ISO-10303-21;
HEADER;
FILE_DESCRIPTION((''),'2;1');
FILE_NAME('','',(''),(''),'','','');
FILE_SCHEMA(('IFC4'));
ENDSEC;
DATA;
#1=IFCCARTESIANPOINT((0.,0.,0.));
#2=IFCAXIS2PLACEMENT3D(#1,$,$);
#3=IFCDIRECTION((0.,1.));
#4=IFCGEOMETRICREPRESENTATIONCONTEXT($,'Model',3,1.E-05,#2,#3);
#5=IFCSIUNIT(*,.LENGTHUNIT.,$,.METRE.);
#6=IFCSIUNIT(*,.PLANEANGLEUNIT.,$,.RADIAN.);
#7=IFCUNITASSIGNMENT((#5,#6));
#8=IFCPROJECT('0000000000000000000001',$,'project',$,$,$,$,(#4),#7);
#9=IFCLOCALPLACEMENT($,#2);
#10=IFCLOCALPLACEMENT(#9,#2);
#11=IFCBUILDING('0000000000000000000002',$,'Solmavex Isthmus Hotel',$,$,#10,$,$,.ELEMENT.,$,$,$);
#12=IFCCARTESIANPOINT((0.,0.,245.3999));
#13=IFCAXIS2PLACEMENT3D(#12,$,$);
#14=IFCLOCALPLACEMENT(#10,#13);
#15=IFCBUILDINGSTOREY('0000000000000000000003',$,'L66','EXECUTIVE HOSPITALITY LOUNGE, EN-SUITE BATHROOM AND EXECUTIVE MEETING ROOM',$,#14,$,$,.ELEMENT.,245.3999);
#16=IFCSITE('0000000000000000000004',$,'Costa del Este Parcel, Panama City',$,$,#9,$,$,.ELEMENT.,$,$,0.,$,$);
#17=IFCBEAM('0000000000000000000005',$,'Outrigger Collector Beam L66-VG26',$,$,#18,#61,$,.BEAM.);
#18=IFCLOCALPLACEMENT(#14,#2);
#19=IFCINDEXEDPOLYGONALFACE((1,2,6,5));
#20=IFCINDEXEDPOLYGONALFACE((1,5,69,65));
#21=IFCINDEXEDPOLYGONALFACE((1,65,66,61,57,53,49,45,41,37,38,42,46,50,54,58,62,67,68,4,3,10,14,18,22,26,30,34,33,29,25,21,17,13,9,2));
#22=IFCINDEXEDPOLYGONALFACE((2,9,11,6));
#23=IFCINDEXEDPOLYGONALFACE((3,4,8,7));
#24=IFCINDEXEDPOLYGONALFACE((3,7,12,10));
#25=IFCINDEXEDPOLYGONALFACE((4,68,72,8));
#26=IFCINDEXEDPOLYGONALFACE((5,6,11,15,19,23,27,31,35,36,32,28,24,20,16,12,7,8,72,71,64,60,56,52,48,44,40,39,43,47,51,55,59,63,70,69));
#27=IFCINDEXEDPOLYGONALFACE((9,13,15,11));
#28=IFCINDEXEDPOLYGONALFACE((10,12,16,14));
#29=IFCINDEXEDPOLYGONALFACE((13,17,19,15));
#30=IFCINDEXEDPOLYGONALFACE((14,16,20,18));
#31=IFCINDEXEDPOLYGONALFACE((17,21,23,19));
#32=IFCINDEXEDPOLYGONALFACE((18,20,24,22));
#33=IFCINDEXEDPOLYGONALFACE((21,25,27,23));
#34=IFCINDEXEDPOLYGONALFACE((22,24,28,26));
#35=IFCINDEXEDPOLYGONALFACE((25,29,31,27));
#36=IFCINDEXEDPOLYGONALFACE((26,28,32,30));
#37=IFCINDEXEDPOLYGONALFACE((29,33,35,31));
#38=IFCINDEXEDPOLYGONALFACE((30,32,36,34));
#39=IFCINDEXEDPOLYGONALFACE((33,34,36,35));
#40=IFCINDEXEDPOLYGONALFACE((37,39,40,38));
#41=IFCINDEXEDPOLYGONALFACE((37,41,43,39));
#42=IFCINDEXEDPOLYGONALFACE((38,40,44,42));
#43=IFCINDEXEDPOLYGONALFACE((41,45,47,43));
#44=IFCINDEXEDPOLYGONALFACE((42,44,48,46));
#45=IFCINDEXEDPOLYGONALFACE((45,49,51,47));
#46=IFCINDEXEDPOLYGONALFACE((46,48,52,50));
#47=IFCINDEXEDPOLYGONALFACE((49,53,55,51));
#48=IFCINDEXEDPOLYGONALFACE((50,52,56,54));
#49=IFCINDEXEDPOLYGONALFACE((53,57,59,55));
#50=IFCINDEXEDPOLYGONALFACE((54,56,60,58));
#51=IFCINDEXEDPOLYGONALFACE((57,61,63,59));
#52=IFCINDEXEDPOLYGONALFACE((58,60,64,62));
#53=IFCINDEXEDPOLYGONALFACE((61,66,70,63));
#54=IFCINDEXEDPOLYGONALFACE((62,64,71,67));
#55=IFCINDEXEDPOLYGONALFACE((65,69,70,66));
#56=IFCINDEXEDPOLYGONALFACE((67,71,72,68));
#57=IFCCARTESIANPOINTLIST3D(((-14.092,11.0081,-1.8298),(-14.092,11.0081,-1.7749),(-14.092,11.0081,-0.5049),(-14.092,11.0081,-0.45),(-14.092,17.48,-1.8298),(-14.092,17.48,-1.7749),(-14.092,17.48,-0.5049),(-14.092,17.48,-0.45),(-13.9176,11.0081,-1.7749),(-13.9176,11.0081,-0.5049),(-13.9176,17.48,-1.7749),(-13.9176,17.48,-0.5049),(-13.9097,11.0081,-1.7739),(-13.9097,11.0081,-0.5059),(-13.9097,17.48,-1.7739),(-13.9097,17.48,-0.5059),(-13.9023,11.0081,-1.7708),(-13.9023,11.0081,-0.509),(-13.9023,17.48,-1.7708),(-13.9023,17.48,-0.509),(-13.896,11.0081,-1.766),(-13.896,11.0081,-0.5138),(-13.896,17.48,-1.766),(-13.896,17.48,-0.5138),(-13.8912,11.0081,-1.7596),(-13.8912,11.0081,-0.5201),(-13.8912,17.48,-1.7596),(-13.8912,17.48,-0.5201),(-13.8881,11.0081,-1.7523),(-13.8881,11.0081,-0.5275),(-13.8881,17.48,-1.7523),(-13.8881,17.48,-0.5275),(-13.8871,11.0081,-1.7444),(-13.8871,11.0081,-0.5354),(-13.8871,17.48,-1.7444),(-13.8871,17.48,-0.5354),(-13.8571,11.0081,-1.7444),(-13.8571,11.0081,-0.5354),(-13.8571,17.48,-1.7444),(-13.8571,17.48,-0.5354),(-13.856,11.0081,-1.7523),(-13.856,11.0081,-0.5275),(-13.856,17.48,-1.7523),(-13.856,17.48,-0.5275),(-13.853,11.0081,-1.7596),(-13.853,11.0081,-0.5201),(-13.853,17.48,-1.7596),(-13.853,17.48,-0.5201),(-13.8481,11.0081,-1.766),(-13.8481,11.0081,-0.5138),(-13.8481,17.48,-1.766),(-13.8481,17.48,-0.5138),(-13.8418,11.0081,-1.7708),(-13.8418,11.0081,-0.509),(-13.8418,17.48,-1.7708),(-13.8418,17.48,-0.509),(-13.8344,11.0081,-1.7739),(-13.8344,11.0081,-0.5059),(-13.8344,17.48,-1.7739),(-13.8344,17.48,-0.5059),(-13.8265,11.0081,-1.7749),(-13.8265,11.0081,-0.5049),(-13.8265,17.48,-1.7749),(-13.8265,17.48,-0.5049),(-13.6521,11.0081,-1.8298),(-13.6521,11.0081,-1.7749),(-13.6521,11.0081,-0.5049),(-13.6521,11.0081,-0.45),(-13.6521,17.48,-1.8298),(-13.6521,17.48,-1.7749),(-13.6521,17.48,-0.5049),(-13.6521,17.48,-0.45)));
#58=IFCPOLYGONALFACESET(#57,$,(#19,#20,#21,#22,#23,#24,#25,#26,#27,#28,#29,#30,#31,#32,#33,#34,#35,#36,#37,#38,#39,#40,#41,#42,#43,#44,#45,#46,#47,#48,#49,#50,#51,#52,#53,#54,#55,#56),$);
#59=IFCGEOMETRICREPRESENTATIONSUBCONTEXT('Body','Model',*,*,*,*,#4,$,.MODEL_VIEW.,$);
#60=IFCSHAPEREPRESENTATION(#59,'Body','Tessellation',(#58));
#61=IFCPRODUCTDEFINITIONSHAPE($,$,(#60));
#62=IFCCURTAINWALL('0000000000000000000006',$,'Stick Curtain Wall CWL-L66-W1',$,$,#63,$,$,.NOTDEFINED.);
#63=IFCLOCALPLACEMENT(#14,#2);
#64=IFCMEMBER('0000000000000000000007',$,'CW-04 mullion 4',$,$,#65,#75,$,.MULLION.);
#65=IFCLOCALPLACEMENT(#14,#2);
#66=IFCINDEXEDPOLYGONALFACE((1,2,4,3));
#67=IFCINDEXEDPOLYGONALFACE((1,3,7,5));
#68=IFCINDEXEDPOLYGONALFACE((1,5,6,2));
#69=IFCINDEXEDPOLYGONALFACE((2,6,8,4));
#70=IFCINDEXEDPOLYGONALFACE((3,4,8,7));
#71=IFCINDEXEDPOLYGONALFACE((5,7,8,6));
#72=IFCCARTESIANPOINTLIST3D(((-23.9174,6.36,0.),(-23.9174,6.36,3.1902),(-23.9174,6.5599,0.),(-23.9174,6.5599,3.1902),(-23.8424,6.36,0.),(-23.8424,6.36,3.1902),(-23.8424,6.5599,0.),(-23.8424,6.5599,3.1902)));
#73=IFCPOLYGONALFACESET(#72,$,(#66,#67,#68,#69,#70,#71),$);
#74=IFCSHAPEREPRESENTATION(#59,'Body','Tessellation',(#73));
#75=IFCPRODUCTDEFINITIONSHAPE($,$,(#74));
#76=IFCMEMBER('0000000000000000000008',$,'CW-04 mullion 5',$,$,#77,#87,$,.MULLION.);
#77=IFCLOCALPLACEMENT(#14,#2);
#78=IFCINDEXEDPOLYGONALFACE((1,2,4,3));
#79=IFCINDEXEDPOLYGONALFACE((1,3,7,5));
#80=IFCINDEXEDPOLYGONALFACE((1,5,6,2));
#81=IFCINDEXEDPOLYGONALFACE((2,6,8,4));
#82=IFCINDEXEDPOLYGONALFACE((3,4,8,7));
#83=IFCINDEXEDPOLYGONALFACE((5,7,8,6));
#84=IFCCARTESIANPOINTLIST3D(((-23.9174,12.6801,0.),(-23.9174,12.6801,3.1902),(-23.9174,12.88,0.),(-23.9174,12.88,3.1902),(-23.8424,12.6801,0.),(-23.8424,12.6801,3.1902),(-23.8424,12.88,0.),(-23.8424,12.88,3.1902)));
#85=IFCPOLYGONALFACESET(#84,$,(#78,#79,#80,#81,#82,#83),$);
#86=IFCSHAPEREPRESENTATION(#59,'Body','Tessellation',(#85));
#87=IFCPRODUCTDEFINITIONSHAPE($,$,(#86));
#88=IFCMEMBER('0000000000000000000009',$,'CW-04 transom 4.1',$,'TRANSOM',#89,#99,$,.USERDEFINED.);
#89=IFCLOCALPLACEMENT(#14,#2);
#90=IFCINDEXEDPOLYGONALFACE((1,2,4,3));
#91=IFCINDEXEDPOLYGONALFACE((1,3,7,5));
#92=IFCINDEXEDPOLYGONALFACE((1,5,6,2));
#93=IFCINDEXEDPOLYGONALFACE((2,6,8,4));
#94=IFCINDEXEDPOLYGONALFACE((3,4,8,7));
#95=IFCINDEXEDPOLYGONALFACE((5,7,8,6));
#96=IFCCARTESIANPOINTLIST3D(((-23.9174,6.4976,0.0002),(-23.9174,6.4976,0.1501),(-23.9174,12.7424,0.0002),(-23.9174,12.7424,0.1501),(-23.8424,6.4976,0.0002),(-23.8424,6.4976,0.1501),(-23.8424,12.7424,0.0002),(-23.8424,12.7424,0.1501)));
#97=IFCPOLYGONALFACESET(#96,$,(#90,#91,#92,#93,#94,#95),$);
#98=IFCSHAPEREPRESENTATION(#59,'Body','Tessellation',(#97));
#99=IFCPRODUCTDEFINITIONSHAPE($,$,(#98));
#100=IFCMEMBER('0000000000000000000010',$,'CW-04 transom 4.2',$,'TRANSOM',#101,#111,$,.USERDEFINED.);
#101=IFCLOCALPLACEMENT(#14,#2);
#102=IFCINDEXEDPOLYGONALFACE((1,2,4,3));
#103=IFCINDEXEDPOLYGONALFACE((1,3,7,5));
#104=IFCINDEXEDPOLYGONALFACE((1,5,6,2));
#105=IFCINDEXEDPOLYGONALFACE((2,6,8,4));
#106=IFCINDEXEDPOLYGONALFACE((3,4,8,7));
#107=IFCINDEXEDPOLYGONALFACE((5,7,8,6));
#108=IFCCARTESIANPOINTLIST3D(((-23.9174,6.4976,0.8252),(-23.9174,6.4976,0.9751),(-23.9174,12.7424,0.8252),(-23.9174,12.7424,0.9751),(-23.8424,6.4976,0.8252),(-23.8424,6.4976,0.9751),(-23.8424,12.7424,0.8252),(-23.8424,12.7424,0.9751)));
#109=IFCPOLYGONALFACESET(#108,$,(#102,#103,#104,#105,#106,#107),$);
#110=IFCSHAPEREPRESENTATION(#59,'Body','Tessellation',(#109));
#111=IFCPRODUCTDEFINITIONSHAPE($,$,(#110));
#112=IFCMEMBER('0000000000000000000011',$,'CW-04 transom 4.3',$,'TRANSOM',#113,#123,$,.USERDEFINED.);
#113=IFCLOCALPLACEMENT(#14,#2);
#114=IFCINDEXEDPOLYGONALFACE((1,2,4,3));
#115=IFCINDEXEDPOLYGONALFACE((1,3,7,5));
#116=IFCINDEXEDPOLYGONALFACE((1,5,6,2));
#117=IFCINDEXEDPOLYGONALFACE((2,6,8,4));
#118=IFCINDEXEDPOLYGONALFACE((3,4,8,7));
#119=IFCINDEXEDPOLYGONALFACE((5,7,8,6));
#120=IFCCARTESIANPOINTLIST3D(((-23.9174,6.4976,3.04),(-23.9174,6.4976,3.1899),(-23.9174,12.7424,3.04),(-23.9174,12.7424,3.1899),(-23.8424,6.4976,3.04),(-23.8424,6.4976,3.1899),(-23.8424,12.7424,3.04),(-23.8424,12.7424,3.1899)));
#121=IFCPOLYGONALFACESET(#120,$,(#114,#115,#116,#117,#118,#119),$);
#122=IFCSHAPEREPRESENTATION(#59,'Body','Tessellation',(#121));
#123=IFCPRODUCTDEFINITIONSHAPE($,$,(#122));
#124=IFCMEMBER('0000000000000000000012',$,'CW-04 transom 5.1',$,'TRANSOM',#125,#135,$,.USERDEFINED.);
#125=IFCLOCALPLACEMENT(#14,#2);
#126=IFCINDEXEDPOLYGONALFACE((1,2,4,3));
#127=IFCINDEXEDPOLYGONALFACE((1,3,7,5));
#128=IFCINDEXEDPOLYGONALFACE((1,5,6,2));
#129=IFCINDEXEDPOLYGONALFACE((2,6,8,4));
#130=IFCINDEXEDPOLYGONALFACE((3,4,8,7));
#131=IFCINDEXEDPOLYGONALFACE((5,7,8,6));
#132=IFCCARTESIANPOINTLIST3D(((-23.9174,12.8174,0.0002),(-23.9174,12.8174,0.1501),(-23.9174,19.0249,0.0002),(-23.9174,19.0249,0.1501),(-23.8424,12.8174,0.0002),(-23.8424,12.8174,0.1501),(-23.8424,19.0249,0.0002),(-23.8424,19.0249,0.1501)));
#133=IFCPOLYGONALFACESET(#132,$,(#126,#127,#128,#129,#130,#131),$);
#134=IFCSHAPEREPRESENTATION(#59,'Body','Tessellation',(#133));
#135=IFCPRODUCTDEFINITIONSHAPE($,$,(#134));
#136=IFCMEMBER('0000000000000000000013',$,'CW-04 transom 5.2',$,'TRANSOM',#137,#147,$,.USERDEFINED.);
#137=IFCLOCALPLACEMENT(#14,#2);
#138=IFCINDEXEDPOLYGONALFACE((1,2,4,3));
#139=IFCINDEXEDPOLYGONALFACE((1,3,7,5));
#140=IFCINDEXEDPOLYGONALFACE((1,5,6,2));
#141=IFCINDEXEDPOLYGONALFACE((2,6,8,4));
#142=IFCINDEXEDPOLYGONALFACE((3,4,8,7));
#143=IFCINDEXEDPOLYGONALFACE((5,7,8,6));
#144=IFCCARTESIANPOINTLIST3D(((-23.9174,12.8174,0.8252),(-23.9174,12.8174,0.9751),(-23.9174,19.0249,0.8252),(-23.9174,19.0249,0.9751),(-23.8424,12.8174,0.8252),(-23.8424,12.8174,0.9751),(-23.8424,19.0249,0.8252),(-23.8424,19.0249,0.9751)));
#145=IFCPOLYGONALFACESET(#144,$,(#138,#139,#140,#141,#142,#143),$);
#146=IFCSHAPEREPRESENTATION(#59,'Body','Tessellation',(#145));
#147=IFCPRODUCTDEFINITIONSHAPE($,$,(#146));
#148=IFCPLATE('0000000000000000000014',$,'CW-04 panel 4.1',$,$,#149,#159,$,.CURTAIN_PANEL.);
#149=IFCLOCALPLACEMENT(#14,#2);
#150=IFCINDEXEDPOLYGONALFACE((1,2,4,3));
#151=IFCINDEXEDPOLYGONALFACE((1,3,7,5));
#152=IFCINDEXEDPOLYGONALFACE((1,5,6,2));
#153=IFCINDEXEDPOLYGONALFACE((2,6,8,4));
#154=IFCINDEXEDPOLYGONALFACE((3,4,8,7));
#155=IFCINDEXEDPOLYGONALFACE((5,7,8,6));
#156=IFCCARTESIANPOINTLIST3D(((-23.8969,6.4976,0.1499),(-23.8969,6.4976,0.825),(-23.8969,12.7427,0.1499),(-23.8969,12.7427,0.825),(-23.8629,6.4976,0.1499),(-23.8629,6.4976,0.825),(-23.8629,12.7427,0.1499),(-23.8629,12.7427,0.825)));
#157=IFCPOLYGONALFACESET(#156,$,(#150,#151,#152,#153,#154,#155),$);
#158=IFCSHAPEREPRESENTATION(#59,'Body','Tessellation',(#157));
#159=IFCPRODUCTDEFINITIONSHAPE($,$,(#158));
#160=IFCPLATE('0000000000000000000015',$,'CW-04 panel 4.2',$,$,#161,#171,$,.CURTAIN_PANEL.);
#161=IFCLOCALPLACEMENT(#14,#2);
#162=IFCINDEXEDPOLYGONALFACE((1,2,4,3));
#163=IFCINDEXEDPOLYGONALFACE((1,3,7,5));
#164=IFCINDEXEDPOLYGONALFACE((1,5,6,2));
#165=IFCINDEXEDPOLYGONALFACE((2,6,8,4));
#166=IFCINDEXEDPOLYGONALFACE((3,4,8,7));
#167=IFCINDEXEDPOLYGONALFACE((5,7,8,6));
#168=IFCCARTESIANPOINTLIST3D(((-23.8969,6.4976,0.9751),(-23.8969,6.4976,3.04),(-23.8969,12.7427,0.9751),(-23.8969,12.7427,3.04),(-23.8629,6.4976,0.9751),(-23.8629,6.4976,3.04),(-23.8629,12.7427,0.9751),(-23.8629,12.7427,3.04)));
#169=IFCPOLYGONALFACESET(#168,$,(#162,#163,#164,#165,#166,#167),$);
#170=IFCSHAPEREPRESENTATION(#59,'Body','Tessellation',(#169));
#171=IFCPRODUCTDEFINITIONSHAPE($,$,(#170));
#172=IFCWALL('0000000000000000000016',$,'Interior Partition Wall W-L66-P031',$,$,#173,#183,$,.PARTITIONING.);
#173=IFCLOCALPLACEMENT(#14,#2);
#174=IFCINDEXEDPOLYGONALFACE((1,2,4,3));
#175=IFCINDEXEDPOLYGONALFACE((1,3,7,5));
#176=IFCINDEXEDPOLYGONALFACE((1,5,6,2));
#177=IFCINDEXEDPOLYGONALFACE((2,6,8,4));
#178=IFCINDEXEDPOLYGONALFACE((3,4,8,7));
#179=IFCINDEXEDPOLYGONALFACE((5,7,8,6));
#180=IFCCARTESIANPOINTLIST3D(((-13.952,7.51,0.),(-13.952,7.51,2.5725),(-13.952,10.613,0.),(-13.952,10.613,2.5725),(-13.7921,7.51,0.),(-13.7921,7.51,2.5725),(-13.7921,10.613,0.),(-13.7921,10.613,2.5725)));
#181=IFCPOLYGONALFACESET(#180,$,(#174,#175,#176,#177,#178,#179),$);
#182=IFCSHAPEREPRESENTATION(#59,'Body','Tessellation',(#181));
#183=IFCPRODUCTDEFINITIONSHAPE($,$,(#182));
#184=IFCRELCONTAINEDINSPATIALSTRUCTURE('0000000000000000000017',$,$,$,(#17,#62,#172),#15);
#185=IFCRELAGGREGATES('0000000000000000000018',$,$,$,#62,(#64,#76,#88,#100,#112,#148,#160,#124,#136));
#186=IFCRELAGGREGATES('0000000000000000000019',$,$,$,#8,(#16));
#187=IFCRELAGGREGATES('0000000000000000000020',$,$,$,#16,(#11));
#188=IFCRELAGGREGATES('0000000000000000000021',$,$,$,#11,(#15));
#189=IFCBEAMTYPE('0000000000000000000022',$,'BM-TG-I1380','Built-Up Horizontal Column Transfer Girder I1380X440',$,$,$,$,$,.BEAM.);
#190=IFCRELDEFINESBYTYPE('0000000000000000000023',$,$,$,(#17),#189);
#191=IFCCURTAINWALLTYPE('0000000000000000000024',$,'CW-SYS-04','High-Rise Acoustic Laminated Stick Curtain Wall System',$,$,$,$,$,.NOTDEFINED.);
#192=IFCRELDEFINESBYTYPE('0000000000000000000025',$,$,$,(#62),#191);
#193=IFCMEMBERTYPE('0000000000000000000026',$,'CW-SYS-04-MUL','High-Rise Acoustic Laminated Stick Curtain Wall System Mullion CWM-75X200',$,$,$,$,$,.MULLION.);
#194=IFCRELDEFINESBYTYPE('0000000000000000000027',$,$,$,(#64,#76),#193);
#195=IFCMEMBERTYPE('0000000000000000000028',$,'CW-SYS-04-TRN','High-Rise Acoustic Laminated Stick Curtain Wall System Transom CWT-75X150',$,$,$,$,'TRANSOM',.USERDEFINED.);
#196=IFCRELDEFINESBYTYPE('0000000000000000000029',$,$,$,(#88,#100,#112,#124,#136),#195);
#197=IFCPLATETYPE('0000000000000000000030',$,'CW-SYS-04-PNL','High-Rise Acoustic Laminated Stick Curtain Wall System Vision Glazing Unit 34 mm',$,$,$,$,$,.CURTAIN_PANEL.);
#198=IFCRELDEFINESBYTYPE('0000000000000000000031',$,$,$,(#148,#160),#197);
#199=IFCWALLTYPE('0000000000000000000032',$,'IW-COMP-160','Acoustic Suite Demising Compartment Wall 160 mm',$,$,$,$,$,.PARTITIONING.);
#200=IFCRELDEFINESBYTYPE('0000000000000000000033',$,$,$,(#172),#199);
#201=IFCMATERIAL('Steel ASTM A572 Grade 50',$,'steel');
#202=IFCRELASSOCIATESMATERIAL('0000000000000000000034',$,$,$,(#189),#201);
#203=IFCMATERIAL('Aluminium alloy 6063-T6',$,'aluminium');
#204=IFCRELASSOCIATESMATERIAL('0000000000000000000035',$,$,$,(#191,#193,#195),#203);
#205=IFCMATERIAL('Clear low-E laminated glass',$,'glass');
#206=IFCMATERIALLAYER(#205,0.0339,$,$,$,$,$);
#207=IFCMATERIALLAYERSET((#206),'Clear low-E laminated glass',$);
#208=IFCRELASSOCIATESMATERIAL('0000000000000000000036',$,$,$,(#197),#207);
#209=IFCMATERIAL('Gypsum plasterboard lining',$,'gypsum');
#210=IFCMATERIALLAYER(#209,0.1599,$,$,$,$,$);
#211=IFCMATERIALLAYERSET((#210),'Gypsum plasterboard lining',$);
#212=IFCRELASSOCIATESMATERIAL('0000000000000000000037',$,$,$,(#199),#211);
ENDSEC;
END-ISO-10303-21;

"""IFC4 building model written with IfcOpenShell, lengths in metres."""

from ifc_helpers import new_model, si_unit, direction, frame, frame_2d, origin, origin_2d, place, context, subcontext, project, spatial, rectangle, i_section, extrude, material, layer, layer_set, material_profile, profile_set, type_object, element, aggregate, save


model = new_model("IFC4")

# Units and contexts
model_context = context("Model", 3, precision=1e-05, world=origin(), true_north=direction((0.0, 1.0)))
body_context = subcontext(model_context, "Body", "Model", "MODEL_VIEW")
ifc_project = project(units=[si_unit("LENGTHUNIT", "METRE"), si_unit("PLANEANGLEUNIT", "RADIAN")], contexts=[model_context])

# Site, building, storey
site_placement = place(None, origin())
site = spatial("IfcSite", under=ifc_project, at=site_placement, Name="Costa del Este Parcel, Panama City", CompositionType="ELEMENT", RefElevation=0.0)
building_placement = place(site_placement, origin())
building = spatial("IfcBuilding", under=site, at=building_placement, Name="Solmavex Isthmus Hotel", CompositionType="ELEMENT")
storey_placement = place(building_placement, frame((0.0, 0.0, 245.3999)))
storey = spatial("IfcBuildingStorey", under=building, at=storey_placement, Name="L66", Description="EXECUTIVE HOSPITALITY LOUNGE, EN-SUITE BATHROOM AND EXECUTIVE MEETING ROOM", CompositionType="ELEMENT", Elevation=245.3999)

# Beam
ifc_material_1 = material(Name="Steel ASTM A572 Grade 50", Category="steel")
ifc_material_profile_1 = material_profile(ifc_material_1, i_section(OverallWidth=0.4399, OverallDepth=1.3799, WebThickness=0.03, FlangeThickness=0.0549, FilletRadius=0.0305, at=origin_2d()), Name="I1380X440")
ifc_profile_set_1 = profile_set([ifc_material_profile_1], Name="Steel ASTM A572 Grade 50")
beam_type_1 = type_object("IfcBeamType", Name="BM-TG-I1380", Description="Built-Up Horizontal Column Transfer Girder I1380X440", PredefinedType="BEAM", material=ifc_profile_set_1)
beam_1_placement = place(storey_placement, frame((-13.8721, 11.0081, -1.1399), z_axis=(0.0, 1.0, 0.0), x_axis=(-1.0, 0.0, 0.0)))
element("IfcBeam", 1, at=beam_1_placement, inside=storey, type_object=beam_type_1, Name="Outrigger Collector Beam L66-VG26", PredefinedType="BEAM", context=body_context, shape_type="SweptSolid", body=[
    extrude(i_section(OverallWidth=0.4399, OverallDepth=1.3799, WebThickness=0.03, FlangeThickness=0.0549, FilletRadius=0.0305, at=origin_2d()), origin(), (0.0, 0.0, 1.0), 6.4719),
])

# Curtain wall, members, plates
ifc_material_2 = material(Name="Aluminium alloy 6063-T6", Category="aluminium")
curtain_wall_type = type_object("IfcCurtainWallType", Name="CW-SYS-04", Description="High-Rise Acoustic Laminated Stick Curtain Wall System", PredefinedType="NOTDEFINED", material=ifc_material_2)
curtain_wall_placement = place(storey_placement, origin())
curtain_wall = element("IfcCurtainWall", 2, at=curtain_wall_placement, inside=storey, type_object=curtain_wall_type, Name="Stick Curtain Wall CWL-L66-W1", PredefinedType="NOTDEFINED")
ifc_material_profile_2 = material_profile(ifc_material_2, rectangle(XDim=0.075, YDim=0.2, at=origin_2d()), Name="CWM-75X200")
ifc_profile_set_2 = profile_set([ifc_material_profile_2], Name="Aluminium alloy 6063-T6")
member_type_1 = type_object("IfcMemberType", Name="CW-SYS-04-MUL", Description="High-Rise Acoustic Laminated Stick Curtain Wall System Mullion CWM-75X200", PredefinedType="MULLION", material=ifc_profile_set_2)
member_1_placement = place(storey_placement, frame((-23.8799, 6.46, 0.0), z_axis=(0.0, 0.0, 1.0), x_axis=(-1.0, 0.0, 0.0)))
member_1 = element("IfcMember", 3, at=member_1_placement, type_object=member_type_1, Name="CW-04 mullion 4", PredefinedType="MULLION", context=body_context, shape_type="SweptSolid", body=[
    extrude(rectangle(XDim=0.075, YDim=0.2, at=origin_2d()), origin(), (0.0, 0.0, 1.0), 3.1902),
])
member_2_placement = place(storey_placement, frame((-23.8799, 12.78, 0.0), z_axis=(0.0, 0.0, 1.0), x_axis=(-1.0, 0.0, 0.0)))
member_2 = element("IfcMember", 4, at=member_2_placement, type_object=member_type_1, Name="CW-04 mullion 5", PredefinedType="MULLION", context=body_context, shape_type="SweptSolid", body=[
    extrude(rectangle(XDim=0.075, YDim=0.2, at=origin_2d()), origin(), (0.0, 0.0, 1.0), 3.1902),
])
ifc_material_profile_3 = material_profile(ifc_material_2, rectangle(XDim=0.075, YDim=0.1499, at=origin_2d()), Name="CWT-75X150")
ifc_profile_set_3 = profile_set([ifc_material_profile_3], Name="Aluminium alloy 6063-T6")
member_type_2 = type_object("IfcMemberType", Name="CW-SYS-04-TRN", Description="High-Rise Acoustic Laminated Stick Curtain Wall System Transom CWT-75X150", ElementType="TRANSOM", PredefinedType="USERDEFINED", material=ifc_profile_set_3)
member_3_placement = place(storey_placement, frame((-23.8799, 6.4976, 0.0752), z_axis=(0.0, 1.0, 0.0), x_axis=(-1.0, 0.0, 0.0)))
member_3 = element("IfcMember", 5, at=member_3_placement, type_object=member_type_2, Name="CW-04 transom 4.1", ObjectType="TRANSOM", PredefinedType="USERDEFINED", context=body_context, shape_type="SweptSolid", body=[
    extrude(rectangle(XDim=0.075, YDim=0.1499, at=origin_2d()), origin(), (0.0, 0.0, 1.0), 6.2449),
])
member_4_placement = place(storey_placement, frame((-23.8799, 6.4976, 0.9001), z_axis=(0.0, 1.0, 0.0), x_axis=(-1.0, 0.0, 0.0)))
member_4 = element("IfcMember", 6, at=member_4_placement, type_object=member_type_2, Name="CW-04 transom 4.2", ObjectType="TRANSOM", PredefinedType="USERDEFINED", context=body_context, shape_type="SweptSolid", body=[
    extrude(rectangle(XDim=0.075, YDim=0.1499, at=origin_2d()), origin(), (0.0, 0.0, 1.0), 6.2449),
])
member_5_placement = place(storey_placement, frame((-23.8799, 6.4976, 3.115), z_axis=(0.0, 1.0, 0.0), x_axis=(-1.0, 0.0, 0.0)))
member_5 = element("IfcMember", 7, at=member_5_placement, type_object=member_type_2, Name="CW-04 transom 4.3", ObjectType="TRANSOM", PredefinedType="USERDEFINED", context=body_context, shape_type="SweptSolid", body=[
    extrude(rectangle(XDim=0.075, YDim=0.1499, at=origin_2d()), origin(), (0.0, 0.0, 1.0), 6.2449),
])
member_6_placement = place(storey_placement, frame((-23.8799, 12.8174, 0.0752), z_axis=(0.0, 1.0, 0.0), x_axis=(-1.0, 0.0, 0.0)))
member_6 = element("IfcMember", 8, at=member_6_placement, type_object=member_type_2, Name="CW-04 transom 5.1", ObjectType="TRANSOM", PredefinedType="USERDEFINED", context=body_context, shape_type="SweptSolid", body=[
    extrude(rectangle(XDim=0.075, YDim=0.1499, at=origin_2d()), origin(), (0.0, 0.0, 1.0), 6.2075),
])
member_7_placement = place(storey_placement, frame((-23.8799, 12.8174, 0.9001), z_axis=(0.0, 1.0, 0.0), x_axis=(-1.0, 0.0, 0.0)))
member_7 = element("IfcMember", 9, at=member_7_placement, type_object=member_type_2, Name="CW-04 transom 5.2", ObjectType="TRANSOM", PredefinedType="USERDEFINED", context=body_context, shape_type="SweptSolid", body=[
    extrude(rectangle(XDim=0.075, YDim=0.1499, at=origin_2d()), origin(), (0.0, 0.0, 1.0), 6.2075),
])
ifc_material_3 = material(Name="Clear low-E laminated glass", Category="glass")
ifc_layer_1 = layer(ifc_material_3, 0.0339)
ifc_layer_set_1 = layer_set([ifc_layer_1], Name="Clear low-E laminated glass")
plate_type = type_object("IfcPlateType", Name="CW-SYS-04-PNL", Description="High-Rise Acoustic Laminated Stick Curtain Wall System Vision Glazing Unit 34 mm", PredefinedType="CURTAIN_PANEL", material=ifc_layer_set_1)
plate_1_placement = place(storey_placement, frame((-23.8799, 9.6201, 0.1499), z_axis=(0.0, 0.0, 1.0), x_axis=(0.0, 1.0, 0.0)))
plate_1 = element("IfcPlate", 10, at=plate_1_placement, type_object=plate_type, Name="CW-04 panel 4.1", PredefinedType="CURTAIN_PANEL", context=body_context, shape_type="SweptSolid", body=[
    extrude(rectangle(XDim=6.2451, YDim=0.0339, at=origin_2d()), origin(), (0.0, 0.0, 1.0), 0.675),
])
plate_2_placement = place(storey_placement, frame((-23.8799, 9.6201, 0.9751), z_axis=(0.0, 0.0, 1.0), x_axis=(0.0, 1.0, 0.0)))
plate_2 = element("IfcPlate", 11, at=plate_2_placement, type_object=plate_type, Name="CW-04 panel 4.2", PredefinedType="CURTAIN_PANEL", context=body_context, shape_type="SweptSolid", body=[
    extrude(rectangle(XDim=6.2451, YDim=0.0339, at=origin_2d()), origin(), (0.0, 0.0, 1.0), 2.0649),
])
aggregate(curtain_wall, [member_1, member_2, member_3, member_4, member_5, plate_1, plate_2, member_6, member_7])

# Wall
ifc_material_4 = material(Name="Gypsum plasterboard lining", Category="gypsum")
ifc_layer_2 = layer(ifc_material_4, 0.1599)
ifc_layer_set_2 = layer_set([ifc_layer_2], Name="Gypsum plasterboard lining")
wall_type_1 = type_object("IfcWallType", Name="IW-COMP-160", Description="Acoustic Suite Demising Compartment Wall 160 mm", PredefinedType="PARTITIONING", material=ifc_layer_set_2)
wall_1_placement = place(storey_placement, frame((-13.8721, 10.613, 0.0), z_axis=(0.0, 0.0, 1.0), x_axis=(0.0, -1.0, 0.0)))
element("IfcWall", 12, at=wall_1_placement, inside=storey, type_object=wall_type_1, Name="Interior Partition Wall W-L66-P031", PredefinedType="PARTITIONING", context=body_context, shape_type="SweptSolid", body=[
    extrude(rectangle(XDim=3.103, YDim=0.1599, at=frame_2d((1.5515, 0.0))), origin(), (0.0, 0.0, 1.0), 2.5725),
])

save(model, "model.ifc")
